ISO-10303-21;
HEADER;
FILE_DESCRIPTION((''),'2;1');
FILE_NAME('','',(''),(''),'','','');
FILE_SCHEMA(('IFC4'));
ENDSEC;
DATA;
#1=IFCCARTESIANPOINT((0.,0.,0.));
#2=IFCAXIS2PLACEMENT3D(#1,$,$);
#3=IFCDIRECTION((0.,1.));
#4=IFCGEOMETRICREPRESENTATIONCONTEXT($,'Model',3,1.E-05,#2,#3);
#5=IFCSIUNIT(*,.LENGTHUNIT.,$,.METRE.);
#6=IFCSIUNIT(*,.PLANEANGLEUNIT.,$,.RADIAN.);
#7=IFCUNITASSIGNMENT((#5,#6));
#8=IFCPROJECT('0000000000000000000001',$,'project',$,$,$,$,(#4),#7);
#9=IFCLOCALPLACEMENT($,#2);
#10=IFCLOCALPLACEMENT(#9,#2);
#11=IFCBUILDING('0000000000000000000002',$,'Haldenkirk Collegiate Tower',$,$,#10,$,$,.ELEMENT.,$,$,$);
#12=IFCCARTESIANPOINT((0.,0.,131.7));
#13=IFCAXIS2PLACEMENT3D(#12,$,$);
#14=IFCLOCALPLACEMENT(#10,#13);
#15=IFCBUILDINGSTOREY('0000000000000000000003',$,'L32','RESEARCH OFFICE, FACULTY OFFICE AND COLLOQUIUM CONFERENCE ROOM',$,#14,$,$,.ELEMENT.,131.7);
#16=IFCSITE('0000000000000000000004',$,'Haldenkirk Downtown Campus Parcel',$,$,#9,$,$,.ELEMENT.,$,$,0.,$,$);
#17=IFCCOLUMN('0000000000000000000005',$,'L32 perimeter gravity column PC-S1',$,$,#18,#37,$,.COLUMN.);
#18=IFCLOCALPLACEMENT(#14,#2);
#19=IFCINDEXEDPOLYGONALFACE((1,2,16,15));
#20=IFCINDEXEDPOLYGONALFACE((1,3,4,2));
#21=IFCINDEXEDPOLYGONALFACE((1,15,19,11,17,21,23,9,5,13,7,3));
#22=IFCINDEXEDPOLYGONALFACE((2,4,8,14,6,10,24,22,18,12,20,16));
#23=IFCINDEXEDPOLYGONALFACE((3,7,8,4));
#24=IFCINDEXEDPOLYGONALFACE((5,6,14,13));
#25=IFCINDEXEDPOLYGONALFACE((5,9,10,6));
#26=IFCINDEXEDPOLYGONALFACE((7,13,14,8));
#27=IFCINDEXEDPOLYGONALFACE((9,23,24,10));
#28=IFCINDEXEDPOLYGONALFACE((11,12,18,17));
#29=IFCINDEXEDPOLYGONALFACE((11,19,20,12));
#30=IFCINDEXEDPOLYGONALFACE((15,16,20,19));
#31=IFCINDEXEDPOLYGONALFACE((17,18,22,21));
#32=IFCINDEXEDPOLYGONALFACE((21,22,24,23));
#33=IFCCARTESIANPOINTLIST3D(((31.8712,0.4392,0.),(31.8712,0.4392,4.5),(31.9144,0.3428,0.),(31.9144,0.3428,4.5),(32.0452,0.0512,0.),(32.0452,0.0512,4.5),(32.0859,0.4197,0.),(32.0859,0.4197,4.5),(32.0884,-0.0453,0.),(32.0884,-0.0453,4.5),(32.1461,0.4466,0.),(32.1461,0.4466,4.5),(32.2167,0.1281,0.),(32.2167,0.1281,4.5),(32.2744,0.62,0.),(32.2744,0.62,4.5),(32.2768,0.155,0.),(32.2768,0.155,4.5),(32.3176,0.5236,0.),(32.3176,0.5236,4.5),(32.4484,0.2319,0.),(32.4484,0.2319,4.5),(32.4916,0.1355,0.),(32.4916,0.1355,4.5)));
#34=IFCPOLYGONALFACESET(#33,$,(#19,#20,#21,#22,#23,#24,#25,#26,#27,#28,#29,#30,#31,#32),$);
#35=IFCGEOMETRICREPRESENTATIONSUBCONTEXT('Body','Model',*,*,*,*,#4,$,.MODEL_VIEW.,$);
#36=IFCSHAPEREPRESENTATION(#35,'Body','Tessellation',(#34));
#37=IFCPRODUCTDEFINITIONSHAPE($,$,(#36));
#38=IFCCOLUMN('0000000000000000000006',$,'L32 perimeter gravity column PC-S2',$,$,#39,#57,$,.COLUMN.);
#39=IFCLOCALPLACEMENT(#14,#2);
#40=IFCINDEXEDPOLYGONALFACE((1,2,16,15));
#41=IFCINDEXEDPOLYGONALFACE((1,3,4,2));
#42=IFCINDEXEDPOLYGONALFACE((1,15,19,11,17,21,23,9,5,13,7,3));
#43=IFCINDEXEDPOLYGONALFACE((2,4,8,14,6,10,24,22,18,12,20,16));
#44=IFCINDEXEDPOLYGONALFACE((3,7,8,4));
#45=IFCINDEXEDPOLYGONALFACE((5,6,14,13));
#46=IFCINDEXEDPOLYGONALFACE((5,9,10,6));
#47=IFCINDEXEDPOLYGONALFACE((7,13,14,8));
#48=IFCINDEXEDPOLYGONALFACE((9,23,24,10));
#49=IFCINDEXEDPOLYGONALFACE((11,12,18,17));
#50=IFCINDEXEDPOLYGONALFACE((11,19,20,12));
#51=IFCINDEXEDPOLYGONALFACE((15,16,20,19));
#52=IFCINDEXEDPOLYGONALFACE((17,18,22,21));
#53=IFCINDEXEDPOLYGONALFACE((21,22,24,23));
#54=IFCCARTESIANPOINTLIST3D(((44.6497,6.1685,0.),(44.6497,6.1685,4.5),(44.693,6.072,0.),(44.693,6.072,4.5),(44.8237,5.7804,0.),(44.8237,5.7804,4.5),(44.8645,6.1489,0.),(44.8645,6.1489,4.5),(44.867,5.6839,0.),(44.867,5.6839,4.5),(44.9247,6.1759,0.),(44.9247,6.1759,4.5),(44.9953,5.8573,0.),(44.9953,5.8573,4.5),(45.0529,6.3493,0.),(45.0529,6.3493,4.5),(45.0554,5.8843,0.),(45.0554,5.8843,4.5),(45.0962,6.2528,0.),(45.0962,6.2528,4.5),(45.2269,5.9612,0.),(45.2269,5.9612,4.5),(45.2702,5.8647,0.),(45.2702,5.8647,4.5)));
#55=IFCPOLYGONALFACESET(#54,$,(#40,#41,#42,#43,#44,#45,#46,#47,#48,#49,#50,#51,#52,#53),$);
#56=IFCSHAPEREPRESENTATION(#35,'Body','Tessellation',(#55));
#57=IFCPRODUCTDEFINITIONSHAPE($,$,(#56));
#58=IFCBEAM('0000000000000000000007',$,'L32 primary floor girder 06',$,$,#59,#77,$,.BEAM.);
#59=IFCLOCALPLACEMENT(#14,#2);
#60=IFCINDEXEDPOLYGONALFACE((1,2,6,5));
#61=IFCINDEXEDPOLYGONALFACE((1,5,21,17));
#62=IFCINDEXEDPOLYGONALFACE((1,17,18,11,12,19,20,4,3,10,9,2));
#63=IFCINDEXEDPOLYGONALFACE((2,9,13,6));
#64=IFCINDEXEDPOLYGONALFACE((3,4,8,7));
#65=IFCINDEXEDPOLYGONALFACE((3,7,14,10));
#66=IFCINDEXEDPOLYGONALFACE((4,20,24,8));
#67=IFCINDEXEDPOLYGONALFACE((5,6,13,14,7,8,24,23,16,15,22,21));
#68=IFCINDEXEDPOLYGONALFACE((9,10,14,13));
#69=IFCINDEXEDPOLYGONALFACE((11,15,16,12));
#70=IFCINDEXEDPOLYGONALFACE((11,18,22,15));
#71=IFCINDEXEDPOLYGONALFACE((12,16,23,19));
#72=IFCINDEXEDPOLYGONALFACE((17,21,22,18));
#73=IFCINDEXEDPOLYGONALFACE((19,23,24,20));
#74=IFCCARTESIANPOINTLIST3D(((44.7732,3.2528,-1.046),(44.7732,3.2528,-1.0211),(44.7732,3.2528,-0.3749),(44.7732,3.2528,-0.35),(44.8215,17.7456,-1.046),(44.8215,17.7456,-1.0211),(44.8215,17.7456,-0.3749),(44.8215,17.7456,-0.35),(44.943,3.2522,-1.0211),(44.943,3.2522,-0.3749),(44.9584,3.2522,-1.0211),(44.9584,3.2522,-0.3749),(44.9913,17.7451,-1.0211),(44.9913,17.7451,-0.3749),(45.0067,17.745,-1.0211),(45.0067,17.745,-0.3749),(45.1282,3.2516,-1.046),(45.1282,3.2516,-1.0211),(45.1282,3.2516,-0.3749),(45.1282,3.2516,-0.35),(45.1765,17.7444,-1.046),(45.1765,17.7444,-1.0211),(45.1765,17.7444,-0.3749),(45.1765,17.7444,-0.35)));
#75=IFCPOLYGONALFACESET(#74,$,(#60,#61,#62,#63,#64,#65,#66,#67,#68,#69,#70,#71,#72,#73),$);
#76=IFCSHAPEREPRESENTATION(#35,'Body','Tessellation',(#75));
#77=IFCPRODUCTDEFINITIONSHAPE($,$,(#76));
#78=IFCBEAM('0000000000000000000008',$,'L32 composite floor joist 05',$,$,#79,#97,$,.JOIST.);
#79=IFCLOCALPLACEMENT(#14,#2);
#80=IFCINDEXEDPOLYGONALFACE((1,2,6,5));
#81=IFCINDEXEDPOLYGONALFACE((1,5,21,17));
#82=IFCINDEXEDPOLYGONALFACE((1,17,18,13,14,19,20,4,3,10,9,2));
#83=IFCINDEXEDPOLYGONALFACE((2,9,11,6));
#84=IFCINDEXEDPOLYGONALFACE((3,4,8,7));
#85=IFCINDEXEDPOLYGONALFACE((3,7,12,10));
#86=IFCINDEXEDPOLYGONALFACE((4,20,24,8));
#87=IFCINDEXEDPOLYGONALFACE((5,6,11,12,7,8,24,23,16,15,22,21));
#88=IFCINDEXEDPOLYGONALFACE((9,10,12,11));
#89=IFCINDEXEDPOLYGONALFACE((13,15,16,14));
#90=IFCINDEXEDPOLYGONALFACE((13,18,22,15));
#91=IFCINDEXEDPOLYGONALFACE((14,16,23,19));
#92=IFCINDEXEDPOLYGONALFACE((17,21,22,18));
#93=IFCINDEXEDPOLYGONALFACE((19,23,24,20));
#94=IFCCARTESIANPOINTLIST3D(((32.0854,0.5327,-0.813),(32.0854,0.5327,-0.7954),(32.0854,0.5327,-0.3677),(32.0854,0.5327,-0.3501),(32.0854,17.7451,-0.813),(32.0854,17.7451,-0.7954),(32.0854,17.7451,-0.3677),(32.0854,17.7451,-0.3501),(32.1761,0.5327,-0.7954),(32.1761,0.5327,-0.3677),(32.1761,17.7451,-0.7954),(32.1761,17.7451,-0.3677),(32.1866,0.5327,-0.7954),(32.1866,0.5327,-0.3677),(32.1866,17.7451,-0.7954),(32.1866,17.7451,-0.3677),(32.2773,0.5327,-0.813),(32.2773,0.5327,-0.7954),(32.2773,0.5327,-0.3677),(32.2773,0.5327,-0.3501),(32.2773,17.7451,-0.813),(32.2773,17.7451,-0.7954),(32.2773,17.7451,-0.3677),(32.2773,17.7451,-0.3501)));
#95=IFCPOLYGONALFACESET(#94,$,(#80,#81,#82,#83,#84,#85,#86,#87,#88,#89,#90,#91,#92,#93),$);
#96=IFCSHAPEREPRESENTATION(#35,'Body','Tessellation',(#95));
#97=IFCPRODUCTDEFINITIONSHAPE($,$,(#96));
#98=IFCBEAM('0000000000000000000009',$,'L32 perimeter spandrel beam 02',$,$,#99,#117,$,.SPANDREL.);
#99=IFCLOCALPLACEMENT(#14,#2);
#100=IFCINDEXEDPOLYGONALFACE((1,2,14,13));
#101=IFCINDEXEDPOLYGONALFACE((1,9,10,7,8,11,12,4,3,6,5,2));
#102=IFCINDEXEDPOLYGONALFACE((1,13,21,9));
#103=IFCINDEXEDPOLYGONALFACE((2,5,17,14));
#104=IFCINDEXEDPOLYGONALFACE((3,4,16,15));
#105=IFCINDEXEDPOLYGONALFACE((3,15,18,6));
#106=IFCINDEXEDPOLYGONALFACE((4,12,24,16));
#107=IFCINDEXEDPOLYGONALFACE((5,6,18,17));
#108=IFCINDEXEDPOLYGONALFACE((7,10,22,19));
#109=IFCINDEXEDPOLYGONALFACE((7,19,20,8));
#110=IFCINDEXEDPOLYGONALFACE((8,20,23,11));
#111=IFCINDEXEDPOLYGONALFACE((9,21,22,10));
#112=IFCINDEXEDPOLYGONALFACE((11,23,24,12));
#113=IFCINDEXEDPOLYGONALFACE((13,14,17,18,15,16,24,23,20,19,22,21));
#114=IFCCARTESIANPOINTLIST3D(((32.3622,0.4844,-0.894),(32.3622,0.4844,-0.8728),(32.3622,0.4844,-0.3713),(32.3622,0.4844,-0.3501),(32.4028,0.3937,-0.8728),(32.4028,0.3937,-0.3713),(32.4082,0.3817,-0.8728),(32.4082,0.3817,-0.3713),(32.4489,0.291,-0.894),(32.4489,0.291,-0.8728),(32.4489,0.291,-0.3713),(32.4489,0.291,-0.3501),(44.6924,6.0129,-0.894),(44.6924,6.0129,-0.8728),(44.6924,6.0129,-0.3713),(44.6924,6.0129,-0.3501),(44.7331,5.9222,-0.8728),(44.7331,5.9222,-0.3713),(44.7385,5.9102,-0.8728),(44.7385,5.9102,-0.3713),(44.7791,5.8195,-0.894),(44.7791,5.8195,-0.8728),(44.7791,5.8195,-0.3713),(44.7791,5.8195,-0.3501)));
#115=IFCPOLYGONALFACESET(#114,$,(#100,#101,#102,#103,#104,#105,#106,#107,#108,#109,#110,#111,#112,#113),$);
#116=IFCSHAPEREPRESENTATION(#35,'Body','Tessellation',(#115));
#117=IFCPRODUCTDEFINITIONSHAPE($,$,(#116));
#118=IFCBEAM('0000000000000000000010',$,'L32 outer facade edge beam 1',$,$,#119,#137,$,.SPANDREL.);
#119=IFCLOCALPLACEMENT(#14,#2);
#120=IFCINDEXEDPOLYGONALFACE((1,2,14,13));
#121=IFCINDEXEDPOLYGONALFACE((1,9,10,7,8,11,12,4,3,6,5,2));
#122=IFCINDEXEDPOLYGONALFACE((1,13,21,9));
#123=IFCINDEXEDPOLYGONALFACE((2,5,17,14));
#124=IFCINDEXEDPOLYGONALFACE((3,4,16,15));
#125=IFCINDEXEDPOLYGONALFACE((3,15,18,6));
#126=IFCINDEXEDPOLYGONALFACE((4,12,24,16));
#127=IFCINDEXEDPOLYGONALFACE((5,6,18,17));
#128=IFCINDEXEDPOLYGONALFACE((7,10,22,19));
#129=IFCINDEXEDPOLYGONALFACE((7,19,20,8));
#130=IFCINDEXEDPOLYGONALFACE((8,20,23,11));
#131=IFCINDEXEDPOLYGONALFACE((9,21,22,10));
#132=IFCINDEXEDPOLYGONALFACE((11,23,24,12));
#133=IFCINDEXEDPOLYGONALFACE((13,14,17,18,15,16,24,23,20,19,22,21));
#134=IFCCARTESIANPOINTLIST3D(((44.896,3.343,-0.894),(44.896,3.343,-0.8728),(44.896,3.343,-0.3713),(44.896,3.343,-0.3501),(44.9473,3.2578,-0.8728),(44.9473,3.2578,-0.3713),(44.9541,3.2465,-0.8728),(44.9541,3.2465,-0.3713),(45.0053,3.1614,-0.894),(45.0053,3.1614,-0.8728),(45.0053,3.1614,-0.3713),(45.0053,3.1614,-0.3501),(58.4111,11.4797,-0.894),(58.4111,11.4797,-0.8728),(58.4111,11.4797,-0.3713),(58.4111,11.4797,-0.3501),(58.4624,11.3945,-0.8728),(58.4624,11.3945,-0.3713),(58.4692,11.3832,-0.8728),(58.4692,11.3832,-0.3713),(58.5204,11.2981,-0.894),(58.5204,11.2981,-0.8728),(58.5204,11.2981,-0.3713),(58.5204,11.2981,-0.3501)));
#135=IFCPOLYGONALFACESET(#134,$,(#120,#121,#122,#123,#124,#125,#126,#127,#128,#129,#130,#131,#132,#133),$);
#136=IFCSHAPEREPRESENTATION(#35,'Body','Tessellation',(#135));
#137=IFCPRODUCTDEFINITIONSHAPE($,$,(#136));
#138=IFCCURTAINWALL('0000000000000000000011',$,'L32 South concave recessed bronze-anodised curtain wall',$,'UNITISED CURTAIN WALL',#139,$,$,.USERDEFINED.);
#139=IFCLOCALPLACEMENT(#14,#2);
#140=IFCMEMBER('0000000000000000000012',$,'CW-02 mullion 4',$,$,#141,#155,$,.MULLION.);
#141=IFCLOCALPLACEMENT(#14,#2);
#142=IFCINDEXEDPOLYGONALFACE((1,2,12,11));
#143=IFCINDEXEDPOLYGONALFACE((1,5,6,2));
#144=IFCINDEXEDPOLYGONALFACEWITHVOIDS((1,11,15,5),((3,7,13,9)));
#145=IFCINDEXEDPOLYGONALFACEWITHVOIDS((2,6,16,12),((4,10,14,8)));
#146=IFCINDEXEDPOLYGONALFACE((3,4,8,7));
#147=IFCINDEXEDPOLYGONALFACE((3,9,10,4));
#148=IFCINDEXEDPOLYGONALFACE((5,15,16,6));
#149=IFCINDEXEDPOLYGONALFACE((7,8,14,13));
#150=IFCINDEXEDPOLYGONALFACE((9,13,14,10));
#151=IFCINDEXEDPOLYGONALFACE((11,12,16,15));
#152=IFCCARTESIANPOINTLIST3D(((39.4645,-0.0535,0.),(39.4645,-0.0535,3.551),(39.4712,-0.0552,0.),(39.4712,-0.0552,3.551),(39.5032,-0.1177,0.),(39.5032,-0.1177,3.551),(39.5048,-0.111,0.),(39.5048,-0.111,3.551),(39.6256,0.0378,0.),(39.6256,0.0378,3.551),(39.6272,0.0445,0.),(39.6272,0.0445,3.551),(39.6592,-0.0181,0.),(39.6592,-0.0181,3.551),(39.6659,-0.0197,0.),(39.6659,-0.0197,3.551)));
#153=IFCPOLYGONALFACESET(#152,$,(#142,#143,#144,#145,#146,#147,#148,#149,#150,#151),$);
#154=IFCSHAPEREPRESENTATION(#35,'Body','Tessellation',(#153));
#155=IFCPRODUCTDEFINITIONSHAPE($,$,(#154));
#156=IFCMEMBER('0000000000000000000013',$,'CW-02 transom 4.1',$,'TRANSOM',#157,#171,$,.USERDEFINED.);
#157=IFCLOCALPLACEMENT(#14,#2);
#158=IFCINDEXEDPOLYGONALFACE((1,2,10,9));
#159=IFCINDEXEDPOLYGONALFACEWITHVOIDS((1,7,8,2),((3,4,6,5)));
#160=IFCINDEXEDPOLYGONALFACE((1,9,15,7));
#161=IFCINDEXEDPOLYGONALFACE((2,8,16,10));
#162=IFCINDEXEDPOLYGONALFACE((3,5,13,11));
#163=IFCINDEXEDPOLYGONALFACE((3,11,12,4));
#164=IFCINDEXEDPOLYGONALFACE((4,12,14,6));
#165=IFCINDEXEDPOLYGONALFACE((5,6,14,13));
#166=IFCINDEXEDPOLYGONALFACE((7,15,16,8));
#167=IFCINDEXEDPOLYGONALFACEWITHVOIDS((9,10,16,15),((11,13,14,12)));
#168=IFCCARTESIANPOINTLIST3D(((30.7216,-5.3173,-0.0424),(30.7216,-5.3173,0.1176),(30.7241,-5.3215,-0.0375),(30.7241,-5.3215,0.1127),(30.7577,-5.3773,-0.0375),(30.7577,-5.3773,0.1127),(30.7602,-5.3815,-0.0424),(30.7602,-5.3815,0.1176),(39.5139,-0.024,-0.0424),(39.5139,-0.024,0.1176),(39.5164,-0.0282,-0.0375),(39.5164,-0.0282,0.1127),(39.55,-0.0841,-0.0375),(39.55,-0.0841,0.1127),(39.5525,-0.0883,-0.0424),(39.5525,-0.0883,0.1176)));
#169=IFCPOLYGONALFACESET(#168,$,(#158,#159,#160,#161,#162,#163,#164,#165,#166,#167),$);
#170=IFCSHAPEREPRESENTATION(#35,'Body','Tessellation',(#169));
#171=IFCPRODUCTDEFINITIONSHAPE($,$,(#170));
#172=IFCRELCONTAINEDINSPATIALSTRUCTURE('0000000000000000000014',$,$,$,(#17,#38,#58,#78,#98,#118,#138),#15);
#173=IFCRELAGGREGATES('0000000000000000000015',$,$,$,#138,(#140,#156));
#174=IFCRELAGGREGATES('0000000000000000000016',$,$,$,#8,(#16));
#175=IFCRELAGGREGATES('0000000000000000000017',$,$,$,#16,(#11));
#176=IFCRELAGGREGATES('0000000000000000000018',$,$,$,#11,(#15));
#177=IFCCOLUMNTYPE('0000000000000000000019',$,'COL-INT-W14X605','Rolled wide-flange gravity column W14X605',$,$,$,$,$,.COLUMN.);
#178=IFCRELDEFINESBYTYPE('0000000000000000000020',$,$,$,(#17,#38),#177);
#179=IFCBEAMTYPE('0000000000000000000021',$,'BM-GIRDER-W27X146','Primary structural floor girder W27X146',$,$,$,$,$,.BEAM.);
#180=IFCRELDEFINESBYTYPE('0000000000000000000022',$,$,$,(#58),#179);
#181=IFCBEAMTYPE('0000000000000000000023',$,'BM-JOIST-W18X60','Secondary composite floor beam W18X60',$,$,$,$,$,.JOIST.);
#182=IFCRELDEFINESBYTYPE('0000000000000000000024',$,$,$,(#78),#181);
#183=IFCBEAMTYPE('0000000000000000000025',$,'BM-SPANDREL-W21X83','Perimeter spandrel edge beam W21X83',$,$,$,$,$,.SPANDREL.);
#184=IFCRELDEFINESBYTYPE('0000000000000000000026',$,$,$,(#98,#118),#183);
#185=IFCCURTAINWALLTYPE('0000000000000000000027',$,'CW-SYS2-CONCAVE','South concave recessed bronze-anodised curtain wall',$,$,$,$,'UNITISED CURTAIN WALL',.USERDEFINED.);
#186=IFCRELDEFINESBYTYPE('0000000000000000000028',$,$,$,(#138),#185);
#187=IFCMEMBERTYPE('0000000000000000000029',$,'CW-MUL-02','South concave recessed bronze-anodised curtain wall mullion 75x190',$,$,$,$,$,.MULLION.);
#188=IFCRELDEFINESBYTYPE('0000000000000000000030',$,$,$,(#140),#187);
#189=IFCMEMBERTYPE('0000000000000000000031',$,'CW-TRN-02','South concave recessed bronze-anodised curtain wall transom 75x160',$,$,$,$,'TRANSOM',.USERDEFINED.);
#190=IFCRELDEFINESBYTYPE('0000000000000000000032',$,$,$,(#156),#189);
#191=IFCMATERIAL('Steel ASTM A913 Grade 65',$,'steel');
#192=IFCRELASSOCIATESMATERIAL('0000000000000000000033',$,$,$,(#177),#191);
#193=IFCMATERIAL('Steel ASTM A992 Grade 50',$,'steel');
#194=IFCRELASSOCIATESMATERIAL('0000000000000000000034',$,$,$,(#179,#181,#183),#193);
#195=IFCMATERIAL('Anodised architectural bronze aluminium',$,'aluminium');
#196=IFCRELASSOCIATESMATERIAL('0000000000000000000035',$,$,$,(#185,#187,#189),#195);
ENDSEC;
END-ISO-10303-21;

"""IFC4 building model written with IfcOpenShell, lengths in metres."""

from ifc_helpers import new_model, si_unit, direction, frame, origin, origin_2d, place, context, subcontext, project, spatial, hollow_rectangle, i_section, extrude, material, material_profile, profile_set, type_object, element, aggregate, save


model = new_model("IFC4")

# Units and contexts
model_context = context("Model", 3, precision=1e-05, world=origin(), true_north=direction((0.0, 1.0)))
body_context = subcontext(model_context, "Body", "Model", "MODEL_VIEW")
ifc_project = project(units=[si_unit("LENGTHUNIT", "METRE"), si_unit("PLANEANGLEUNIT", "RADIAN")], contexts=[model_context])

# Site, building, storey
site_placement = place(None, origin())
site = spatial("IfcSite", under=ifc_project, at=site_placement, Name="Haldenkirk Downtown Campus Parcel", CompositionType="ELEMENT", RefElevation=0.0)
building_placement = place(site_placement, origin())
building = spatial("IfcBuilding", under=site, at=building_placement, Name="Haldenkirk Collegiate Tower", CompositionType="ELEMENT")
storey_placement = place(building_placement, frame((0.0, 0.0, 131.7)))
storey = spatial("IfcBuildingStorey", under=building, at=storey_placement, Name="L32", Description="RESEARCH OFFICE, FACULTY OFFICE AND COLLOQUIUM CONFERENCE ROOM", CompositionType="ELEMENT", Elevation=131.7)

# Columns
ifc_material_1 = material(Name="Steel ASTM A913 Grade 65", Category="steel")
ifc_material_profile_1 = material_profile(ifc_material_1, i_section(OverallWidth=0.4419, OverallDepth=0.531, WebThickness=0.0659, FlangeThickness=0.1057, at=origin_2d()), Name="W14X605")
ifc_profile_set_1 = profile_set([ifc_material_profile_1], Name="Steel ASTM A913 Grade 65")
column_type = type_object("IfcColumnType", Name="COL-INT-W14X605", Description="Rolled wide-flange gravity column W14X605", PredefinedType="COLUMN", material=ifc_profile_set_1)
for number, where, z_axis, x_axis, name in (
    (1, (32.1814, 0.2874, 0.0), (0.0, 0.0, 1.0), (0.912477, 0.409127, 0.0), "L32 perimeter gravity column PC-S1"),
    (2, (44.96, 6.0166, 0.0), (0.0, 0.0, 1.0), (0.912477, 0.409127, 0.0), "L32 perimeter gravity column PC-S2"),
):
    element("IfcColumn", number, at=place(storey_placement, frame(where, z_axis=z_axis, x_axis=x_axis)), inside=storey, type_object=column_type, Name=name, PredefinedType="COLUMN", context=body_context, shape_type="SweptSolid", body=[
        extrude(i_section(OverallWidth=0.4419, OverallDepth=0.531, WebThickness=0.0659, FlangeThickness=0.1057, at=origin_2d()), origin(), (0.0, 0.0, 1.0), 4.5),
    ])

# Beams
ifc_material_2 = material(Name="Steel ASTM A992 Grade 50", Category="steel")
ifc_material_profile_2 = material_profile(ifc_material_2, i_section(OverallWidth=0.355, OverallDepth=0.696, WebThickness=0.0154, FlangeThickness=0.0249, at=origin_2d()), Name="W27X146")
ifc_profile_set_2 = profile_set([ifc_material_profile_2], Name="Steel ASTM A992 Grade 50")
beam_type_1 = type_object("IfcBeamType", Name="BM-GIRDER-W27X146", Description="Primary structural floor girder W27X146", PredefinedType="BEAM", material=ifc_profile_set_2)
beam_1_placement = place(storey_placement, frame((44.9507, 3.2522, -0.698), z_axis=(0.003335, 0.999994, 0.0), x_axis=(-0.999994, 0.003335, 0.0)))
element("IfcBeam", 3, at=beam_1_placement, inside=storey, type_object=beam_type_1, Name="L32 primary floor girder 06", PredefinedType="BEAM", context=body_context, shape_type="SweptSolid", body=[
    extrude(i_section(OverallWidth=0.355, OverallDepth=0.696, WebThickness=0.0154, FlangeThickness=0.0249, at=origin_2d()), origin(), (0.0, 0.0, 1.0), 14.4929),
])
ifc_material_profile_3 = material_profile(ifc_material_2, i_section(OverallWidth=0.1919, OverallDepth=0.4629, WebThickness=0.0105, FlangeThickness=0.0176, at=origin_2d()), Name="W18X60")
ifc_profile_set_3 = profile_set([ifc_material_profile_3], Name="Steel ASTM A992 Grade 50")
beam_type_2 = type_object("IfcBeamType", Name="BM-JOIST-W18X60", Description="Secondary composite floor beam W18X60", PredefinedType="JOIST", material=ifc_profile_set_3)
beam_2_placement = place(storey_placement, frame((32.1814, 0.5327, -0.5815), z_axis=(0.0, 1.0, 0.0), x_axis=(-1.0, 0.0, 0.0)))
element("IfcBeam", 4, at=beam_2_placement, inside=storey, type_object=beam_type_2, Name="L32 composite floor joist 05", PredefinedType="JOIST", context=body_context, shape_type="SweptSolid", body=[
    extrude(i_section(OverallWidth=0.1919, OverallDepth=0.4629, WebThickness=0.0105, FlangeThickness=0.0176, at=origin_2d()), origin(), (0.0, 0.0, 1.0), 17.2124),
])
ifc_material_profile_4 = material_profile(ifc_material_2, i_section(OverallWidth=0.2119, OverallDepth=0.5439, WebThickness=0.0132, FlangeThickness=0.0212, at=origin_2d()), Name="W21X83")
ifc_profile_set_4 = profile_set([ifc_material_profile_4], Name="Steel ASTM A992 Grade 50")
beam_type_3 = type_object("IfcBeamType", Name="BM-SPANDREL-W21X83", Description="Perimeter spandrel edge beam W21X83", PredefinedType="SPANDREL", material=ifc_profile_set_4)
beam_3_placement = place(storey_placement, frame((32.4055, 0.3877, -0.6221), z_axis=(0.912477, 0.409129, 0.0), x_axis=(-0.409129, 0.912477, 0.0)))
element("IfcBeam", 5, at=beam_3_placement, inside=storey, type_object=beam_type_3, Name="L32 perimeter spandrel beam 02", PredefinedType="SPANDREL", context=body_context, shape_type="SweptSolid", body=[
    extrude(i_section(OverallWidth=0.2119, OverallDepth=0.5439, WebThickness=0.0132, FlangeThickness=0.0212, at=origin_2d()), origin(), (0.0, 0.0, 1.0), 13.5129),
])
beam_4_placement = place(storey_placement, frame((44.9507, 3.2522, -0.6221), z_axis=(0.856719, 0.515783, 0.0), x_axis=(-0.515783, 0.856719, 0.0)))
element("IfcBeam", 6, at=beam_4_placement, inside=storey, type_object=beam_type_3, Name="L32 outer facade edge beam 1", PredefinedType="SPANDREL", context=body_context, shape_type="SweptSolid", body=[
    extrude(i_section(OverallWidth=0.2119, OverallDepth=0.5439, WebThickness=0.0132, FlangeThickness=0.0212, at=origin_2d()), origin(), (0.0, 0.0, 1.0), 15.7754),
])

# Curtain wall, members
ifc_material_3 = material(Name="Anodised architectural bronze aluminium", Category="aluminium")
curtain_wall_type = type_object("IfcCurtainWallType", Name="CW-SYS2-CONCAVE", Description="South concave recessed bronze-anodised curtain wall", ElementType="UNITISED CURTAIN WALL", PredefinedType="USERDEFINED", material=ifc_material_3)
curtain_wall_placement = place(storey_placement, origin())
curtain_wall = element("IfcCurtainWall", 7, at=curtain_wall_placement, inside=storey, type_object=curtain_wall_type, Name="L32 South concave recessed bronze-anodised curtain wall", ObjectType="UNITISED CURTAIN WALL", PredefinedType="USERDEFINED")
ifc_material_profile_5 = material_profile(ifc_material_3, hollow_rectangle(XDim=0.075, YDim=0.1899, WallThickness=0.0049, at=origin_2d()), Name="CW-MUL-02")
ifc_profile_set_5 = profile_set([ifc_material_profile_5], Name="Anodised architectural bronze aluminium")
member_type_1 = type_object("IfcMemberType", Name="CW-MUL-02", Description="South concave recessed bronze-anodised curtain wall mullion 75x190", PredefinedType="MULLION", material=ifc_profile_set_5)
member_1_placement = place(storey_placement, frame((39.5652, -0.0366, 0.0), z_axis=(0.0, 0.0, 1.0), x_axis=(0.515785, -0.856718, 0.0)))
member_1 = element("IfcMember", 8, at=member_1_placement, type_object=member_type_1, Name="CW-02 mullion 4", PredefinedType="MULLION", context=body_context, shape_type="SweptSolid", body=[
    extrude(hollow_rectangle(XDim=0.075, YDim=0.1899, WallThickness=0.0049, at=origin_2d()), origin(), (0.0, 0.0, 1.0), 3.551),
])
ifc_material_profile_6 = material_profile(ifc_material_3, hollow_rectangle(XDim=0.075, YDim=0.1599, WallThickness=0.0049, at=origin_2d()), Name="CW-TRN-02")
ifc_profile_set_6 = profile_set([ifc_material_profile_6], Name="Anodised architectural bronze aluminium")
member_type_2 = type_object("IfcMemberType", Name="CW-TRN-02", Description="South concave recessed bronze-anodised curtain wall transom 75x160", ElementType="TRANSOM", PredefinedType="USERDEFINED", material=ifc_profile_set_6)
member_2_placement = place(storey_placement, frame((39.5332, -0.0562, 0.0376), z_axis=(-0.856724, -0.515776, 0.0), x_axis=(0.515776, -0.856724, 0.0)))
member_2 = element("IfcMember", 9, at=member_2_placement, type_object=member_type_2, Name="CW-02 transom 4.1", ObjectType="TRANSOM", PredefinedType="USERDEFINED", context=body_context, shape_type="SweptSolid", body=[
    extrude(hollow_rectangle(XDim=0.075, YDim=0.1599, WallThickness=0.0049, at=origin_2d()), origin(), (0.0, 0.0, 1.0), 10.2627),
])
aggregate(curtain_wall, [member_1, member_2])

save(model, "model.ifc")
